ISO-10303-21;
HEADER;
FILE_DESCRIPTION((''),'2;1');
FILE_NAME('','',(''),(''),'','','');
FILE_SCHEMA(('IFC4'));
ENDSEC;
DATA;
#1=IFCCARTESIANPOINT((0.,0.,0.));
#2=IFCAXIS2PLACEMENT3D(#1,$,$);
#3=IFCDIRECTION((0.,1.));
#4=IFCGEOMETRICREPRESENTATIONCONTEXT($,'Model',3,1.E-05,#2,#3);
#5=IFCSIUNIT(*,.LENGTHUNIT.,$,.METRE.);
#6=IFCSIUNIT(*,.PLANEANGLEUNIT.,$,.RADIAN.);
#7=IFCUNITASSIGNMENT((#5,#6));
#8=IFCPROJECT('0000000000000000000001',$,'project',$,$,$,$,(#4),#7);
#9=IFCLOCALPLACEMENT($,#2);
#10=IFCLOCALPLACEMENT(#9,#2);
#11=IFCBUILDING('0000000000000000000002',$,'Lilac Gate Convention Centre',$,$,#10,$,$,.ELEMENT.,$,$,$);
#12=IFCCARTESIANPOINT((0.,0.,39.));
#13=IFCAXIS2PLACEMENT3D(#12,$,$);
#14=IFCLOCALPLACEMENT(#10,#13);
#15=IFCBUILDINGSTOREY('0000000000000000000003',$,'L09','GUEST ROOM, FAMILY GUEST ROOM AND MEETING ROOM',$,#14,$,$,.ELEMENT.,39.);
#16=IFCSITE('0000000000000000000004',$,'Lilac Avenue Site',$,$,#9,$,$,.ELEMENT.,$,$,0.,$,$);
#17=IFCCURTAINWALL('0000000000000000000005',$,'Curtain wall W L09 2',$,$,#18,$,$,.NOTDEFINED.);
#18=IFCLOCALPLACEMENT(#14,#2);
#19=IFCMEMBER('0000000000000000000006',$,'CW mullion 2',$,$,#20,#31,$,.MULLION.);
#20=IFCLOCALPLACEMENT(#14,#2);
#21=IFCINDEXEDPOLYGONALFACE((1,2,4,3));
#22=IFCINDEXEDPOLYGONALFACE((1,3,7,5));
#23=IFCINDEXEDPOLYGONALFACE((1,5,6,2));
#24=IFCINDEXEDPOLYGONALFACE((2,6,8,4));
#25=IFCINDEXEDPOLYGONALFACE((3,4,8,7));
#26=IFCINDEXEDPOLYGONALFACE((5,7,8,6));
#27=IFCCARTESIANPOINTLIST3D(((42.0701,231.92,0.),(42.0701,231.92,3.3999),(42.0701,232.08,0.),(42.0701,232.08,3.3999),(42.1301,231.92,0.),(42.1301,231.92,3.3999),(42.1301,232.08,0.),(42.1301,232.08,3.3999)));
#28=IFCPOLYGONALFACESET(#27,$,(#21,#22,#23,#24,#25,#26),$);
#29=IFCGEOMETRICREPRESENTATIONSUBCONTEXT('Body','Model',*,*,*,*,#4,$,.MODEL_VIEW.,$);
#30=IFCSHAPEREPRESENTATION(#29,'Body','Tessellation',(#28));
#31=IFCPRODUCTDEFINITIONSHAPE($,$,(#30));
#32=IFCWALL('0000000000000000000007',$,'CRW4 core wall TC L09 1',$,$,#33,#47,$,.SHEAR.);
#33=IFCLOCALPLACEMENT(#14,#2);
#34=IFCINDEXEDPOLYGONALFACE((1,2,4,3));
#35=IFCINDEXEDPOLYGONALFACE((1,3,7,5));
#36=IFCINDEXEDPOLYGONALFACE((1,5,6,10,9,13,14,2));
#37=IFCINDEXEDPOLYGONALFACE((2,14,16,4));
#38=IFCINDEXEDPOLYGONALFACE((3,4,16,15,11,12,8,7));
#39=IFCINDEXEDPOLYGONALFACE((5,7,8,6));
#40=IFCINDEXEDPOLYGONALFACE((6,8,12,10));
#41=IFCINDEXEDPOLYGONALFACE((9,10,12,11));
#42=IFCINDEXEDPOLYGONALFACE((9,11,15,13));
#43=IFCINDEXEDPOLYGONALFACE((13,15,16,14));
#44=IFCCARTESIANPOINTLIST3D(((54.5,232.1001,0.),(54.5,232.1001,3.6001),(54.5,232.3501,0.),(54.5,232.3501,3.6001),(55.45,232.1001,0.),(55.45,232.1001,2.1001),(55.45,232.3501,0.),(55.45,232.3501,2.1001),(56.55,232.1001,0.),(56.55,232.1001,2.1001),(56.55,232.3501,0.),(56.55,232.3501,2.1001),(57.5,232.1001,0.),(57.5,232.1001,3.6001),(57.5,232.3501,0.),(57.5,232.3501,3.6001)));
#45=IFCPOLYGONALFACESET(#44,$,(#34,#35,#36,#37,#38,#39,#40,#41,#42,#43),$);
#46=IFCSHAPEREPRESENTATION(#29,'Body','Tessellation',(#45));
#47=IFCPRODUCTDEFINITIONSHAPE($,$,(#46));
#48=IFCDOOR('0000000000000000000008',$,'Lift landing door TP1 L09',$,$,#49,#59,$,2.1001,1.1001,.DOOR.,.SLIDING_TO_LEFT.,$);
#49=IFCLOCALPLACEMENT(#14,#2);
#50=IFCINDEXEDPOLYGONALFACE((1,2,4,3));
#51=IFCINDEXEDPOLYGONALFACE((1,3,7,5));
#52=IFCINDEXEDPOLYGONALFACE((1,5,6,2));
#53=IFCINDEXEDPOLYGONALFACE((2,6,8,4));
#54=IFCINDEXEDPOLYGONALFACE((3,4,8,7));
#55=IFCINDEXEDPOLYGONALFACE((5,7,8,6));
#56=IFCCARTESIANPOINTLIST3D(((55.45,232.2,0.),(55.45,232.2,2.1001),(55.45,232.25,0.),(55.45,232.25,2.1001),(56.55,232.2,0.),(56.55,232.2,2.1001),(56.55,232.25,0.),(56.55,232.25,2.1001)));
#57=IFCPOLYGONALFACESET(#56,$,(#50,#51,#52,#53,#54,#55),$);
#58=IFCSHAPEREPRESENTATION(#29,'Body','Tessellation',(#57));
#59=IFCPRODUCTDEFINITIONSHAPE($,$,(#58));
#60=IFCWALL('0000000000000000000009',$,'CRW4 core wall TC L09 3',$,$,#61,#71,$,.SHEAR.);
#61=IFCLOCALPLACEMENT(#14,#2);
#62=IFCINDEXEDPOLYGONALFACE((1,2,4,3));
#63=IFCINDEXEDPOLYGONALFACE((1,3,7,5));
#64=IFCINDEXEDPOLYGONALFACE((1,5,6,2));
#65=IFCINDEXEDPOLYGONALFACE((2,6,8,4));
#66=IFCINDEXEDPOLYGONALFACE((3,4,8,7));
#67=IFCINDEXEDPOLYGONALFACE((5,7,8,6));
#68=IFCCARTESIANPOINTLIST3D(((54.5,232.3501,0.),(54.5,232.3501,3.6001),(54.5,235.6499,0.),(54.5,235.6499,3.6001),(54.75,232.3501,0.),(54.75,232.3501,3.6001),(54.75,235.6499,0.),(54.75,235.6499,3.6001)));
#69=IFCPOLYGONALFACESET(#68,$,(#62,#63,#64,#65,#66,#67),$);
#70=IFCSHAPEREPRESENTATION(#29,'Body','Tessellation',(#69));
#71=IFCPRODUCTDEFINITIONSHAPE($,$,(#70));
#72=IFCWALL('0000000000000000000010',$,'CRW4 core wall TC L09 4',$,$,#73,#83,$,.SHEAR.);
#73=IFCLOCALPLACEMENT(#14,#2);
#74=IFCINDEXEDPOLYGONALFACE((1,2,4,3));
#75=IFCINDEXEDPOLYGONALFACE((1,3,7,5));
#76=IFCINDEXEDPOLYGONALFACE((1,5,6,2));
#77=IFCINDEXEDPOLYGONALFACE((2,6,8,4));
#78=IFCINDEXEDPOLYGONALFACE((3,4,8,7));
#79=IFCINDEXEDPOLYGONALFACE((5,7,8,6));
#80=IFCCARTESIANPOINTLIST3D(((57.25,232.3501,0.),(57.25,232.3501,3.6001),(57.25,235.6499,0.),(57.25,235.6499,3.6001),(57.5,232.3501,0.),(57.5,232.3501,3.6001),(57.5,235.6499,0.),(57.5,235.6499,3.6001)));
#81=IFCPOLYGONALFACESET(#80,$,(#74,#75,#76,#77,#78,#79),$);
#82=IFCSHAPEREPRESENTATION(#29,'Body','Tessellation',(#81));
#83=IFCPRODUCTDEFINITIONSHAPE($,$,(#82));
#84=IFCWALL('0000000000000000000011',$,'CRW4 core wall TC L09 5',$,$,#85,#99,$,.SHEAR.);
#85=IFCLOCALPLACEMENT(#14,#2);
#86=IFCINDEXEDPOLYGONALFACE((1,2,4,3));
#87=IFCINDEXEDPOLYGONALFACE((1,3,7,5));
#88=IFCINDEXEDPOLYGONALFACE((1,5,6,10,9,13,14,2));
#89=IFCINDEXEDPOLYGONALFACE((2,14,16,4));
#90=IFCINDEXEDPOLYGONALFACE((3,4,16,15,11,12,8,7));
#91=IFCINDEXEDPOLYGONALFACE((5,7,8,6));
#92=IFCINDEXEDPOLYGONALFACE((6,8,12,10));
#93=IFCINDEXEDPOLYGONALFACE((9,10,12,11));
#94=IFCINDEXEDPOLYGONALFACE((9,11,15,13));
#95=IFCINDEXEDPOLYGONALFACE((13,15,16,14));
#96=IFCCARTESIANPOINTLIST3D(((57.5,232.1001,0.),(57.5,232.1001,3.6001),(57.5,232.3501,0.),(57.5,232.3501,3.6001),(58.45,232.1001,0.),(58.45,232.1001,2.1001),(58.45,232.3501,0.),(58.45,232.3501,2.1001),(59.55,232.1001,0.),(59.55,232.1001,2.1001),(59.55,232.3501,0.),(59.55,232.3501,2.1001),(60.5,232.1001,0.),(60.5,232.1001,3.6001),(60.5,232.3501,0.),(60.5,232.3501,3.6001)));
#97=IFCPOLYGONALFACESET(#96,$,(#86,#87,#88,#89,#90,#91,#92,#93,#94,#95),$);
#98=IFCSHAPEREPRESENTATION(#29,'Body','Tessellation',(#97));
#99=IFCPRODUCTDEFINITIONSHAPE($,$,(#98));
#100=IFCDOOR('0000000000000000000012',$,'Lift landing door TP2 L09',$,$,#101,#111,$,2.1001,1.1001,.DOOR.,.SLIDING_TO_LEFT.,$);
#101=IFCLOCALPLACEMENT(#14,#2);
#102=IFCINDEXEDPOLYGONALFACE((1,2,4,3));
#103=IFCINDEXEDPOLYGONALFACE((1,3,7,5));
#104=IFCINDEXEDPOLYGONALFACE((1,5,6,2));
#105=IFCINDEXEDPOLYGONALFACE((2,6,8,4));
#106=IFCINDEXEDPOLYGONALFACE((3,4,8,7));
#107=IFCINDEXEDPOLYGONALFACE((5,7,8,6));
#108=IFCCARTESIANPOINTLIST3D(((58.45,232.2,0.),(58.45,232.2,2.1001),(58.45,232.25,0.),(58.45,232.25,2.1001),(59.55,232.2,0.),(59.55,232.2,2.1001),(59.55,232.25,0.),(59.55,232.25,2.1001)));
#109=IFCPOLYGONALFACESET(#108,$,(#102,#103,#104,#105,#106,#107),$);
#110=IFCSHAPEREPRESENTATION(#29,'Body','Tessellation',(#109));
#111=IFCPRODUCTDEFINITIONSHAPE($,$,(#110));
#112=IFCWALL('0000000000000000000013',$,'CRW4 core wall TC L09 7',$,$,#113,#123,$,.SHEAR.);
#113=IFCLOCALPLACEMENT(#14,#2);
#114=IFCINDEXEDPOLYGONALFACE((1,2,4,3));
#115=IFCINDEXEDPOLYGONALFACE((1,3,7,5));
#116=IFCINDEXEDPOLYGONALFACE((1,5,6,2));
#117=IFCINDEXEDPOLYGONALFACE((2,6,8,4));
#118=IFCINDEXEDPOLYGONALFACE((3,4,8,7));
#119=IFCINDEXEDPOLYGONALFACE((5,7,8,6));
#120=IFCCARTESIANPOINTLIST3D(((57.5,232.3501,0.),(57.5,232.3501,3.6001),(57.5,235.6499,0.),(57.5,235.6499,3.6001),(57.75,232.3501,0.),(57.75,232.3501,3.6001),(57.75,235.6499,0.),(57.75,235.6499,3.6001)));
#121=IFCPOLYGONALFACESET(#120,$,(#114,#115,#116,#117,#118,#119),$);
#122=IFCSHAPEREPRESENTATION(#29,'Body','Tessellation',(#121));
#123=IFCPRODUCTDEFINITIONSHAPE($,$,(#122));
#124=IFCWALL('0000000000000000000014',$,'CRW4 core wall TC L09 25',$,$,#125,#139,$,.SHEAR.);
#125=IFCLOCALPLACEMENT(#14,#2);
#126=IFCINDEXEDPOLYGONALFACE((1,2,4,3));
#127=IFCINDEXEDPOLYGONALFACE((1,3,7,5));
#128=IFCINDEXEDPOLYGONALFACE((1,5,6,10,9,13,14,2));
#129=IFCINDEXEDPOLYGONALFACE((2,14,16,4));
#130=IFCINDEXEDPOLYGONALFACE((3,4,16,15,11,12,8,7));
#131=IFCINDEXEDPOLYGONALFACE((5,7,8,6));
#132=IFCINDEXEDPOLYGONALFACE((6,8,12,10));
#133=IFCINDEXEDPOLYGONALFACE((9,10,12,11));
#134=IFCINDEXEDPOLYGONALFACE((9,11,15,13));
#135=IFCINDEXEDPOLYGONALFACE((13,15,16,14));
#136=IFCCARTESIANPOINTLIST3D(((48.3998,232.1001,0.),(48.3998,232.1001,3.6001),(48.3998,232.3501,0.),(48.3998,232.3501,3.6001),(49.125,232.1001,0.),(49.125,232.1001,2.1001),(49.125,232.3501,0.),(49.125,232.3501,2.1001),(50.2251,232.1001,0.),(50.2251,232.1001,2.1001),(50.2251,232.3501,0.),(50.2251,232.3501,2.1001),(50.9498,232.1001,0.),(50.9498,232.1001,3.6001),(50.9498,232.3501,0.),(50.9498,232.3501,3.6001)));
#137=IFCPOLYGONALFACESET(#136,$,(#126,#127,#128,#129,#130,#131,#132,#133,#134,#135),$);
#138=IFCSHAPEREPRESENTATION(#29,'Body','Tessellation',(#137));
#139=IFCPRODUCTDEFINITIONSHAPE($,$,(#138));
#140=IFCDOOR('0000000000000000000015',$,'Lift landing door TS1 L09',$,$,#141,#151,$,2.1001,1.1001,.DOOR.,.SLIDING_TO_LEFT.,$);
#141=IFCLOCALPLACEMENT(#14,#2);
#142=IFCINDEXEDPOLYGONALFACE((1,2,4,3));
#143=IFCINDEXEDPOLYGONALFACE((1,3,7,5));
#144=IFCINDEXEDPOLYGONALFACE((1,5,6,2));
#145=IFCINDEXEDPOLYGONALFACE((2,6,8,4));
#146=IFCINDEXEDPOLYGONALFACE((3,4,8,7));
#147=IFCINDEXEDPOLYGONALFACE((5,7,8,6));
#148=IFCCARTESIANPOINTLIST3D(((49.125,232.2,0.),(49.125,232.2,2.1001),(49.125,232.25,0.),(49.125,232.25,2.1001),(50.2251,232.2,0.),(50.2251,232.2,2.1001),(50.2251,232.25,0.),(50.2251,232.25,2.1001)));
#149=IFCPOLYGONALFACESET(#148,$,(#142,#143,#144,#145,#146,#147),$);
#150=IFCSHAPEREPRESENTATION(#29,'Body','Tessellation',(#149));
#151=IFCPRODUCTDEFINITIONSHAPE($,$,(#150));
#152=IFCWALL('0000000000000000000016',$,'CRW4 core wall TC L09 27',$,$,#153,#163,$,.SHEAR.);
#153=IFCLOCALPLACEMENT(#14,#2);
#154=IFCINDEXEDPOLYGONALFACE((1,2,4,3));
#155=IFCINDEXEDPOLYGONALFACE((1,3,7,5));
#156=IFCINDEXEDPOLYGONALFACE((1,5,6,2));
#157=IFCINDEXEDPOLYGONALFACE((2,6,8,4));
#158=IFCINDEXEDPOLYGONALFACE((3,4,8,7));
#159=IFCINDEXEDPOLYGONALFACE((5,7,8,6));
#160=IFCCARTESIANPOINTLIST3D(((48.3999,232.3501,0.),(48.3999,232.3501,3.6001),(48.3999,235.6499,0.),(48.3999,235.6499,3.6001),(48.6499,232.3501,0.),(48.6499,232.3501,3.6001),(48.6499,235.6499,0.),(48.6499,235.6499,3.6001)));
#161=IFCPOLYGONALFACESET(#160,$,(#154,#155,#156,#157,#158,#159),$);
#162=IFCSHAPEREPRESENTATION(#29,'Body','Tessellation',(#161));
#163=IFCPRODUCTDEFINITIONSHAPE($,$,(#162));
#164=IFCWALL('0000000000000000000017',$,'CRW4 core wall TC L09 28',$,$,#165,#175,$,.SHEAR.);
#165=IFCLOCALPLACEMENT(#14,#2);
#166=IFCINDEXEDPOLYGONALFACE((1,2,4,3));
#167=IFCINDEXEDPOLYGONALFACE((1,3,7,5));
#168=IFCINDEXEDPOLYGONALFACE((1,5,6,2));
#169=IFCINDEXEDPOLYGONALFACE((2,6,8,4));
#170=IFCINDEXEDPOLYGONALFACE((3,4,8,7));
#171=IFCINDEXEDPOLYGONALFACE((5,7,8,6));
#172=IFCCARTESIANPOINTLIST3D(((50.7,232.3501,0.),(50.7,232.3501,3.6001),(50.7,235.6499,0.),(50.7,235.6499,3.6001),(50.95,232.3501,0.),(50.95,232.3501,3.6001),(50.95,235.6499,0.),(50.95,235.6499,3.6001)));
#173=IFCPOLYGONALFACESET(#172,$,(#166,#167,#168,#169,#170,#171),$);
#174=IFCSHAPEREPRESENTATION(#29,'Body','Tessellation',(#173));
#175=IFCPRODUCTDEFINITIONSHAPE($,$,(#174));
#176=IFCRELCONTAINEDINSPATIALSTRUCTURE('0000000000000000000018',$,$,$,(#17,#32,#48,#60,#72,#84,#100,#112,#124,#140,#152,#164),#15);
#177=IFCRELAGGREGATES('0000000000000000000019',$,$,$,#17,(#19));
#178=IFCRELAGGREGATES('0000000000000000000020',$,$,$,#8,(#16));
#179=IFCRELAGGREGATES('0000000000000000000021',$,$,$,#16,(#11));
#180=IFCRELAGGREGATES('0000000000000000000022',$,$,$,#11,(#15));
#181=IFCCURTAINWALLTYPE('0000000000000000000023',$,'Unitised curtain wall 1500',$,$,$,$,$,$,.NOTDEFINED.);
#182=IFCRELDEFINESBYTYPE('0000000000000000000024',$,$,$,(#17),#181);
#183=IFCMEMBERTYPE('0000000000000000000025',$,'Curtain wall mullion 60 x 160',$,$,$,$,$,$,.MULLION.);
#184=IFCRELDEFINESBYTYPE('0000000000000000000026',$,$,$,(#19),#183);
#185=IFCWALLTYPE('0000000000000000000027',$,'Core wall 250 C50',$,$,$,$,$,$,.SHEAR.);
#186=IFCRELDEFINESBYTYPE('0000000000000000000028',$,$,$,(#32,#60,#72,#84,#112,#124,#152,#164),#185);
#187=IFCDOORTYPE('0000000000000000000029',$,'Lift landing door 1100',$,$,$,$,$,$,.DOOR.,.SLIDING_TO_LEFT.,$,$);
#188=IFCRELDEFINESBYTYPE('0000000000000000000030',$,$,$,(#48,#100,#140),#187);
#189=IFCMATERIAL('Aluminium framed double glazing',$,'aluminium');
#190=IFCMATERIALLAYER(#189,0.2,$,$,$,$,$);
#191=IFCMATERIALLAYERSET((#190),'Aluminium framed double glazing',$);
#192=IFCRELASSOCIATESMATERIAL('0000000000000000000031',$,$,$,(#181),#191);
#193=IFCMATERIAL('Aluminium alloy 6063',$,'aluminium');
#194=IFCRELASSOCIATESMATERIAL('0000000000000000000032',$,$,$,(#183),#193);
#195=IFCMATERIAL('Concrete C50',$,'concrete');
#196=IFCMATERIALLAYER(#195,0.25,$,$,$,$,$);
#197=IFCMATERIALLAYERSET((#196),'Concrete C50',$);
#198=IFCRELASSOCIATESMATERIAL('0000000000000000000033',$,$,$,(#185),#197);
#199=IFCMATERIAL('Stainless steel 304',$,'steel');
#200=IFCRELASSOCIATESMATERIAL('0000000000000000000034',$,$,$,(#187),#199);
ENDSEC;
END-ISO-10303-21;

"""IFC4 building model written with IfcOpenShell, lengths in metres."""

from ifc_helpers import new_model, si_unit, direction, frame, frame_2d, origin, origin_2d, place, context, subcontext, project, spatial, rectangle, extrude, material, layer, layer_set, material_profile, profile_set, type_object, element, fill, aggregate, save


model = new_model("IFC4")

# Units and contexts
model_context = context("Model", 3, precision=1e-05, world=origin(), true_north=direction((0.0, 1.0)))
body_context = subcontext(model_context, "Body", "Model", "MODEL_VIEW")
ifc_project = project(units=[si_unit("LENGTHUNIT", "METRE"), si_unit("PLANEANGLEUNIT", "RADIAN")], contexts=[model_context])

# Site, building, storey
site_placement = place(None, origin())
site = spatial("IfcSite", under=ifc_project, at=site_placement, Name="Lilac Avenue Site", CompositionType="ELEMENT", RefElevation=0.0)
building_placement = place(site_placement, origin())
building = spatial("IfcBuilding", under=site, at=building_placement, Name="Lilac Gate Convention Centre", CompositionType="ELEMENT")
storey_placement = place(building_placement, frame((0.0, 0.0, 39.0)))
storey = spatial("IfcBuildingStorey", under=building, at=storey_placement, Name="L09", Description="GUEST ROOM, FAMILY GUEST ROOM AND MEETING ROOM", CompositionType="ELEMENT", Elevation=39.0)

# Curtain wall, member
ifc_material_1 = material(Name="Aluminium framed double glazing", Category="aluminium")
ifc_layer_1 = layer(ifc_material_1, 0.2)
ifc_layer_set_1 = layer_set([ifc_layer_1], Name="Aluminium framed double glazing")
curtain_wall_type = type_object("IfcCurtainWallType", Name="Unitised curtain wall 1500", PredefinedType="NOTDEFINED", material=ifc_layer_set_1)
curtain_wall_placement = place(storey_placement, origin())
curtain_wall = element("IfcCurtainWall", 1, at=curtain_wall_placement, inside=storey, type_object=curtain_wall_type, Name="Curtain wall W L09 2", PredefinedType="NOTDEFINED")
ifc_material_2 = material(Name="Aluminium alloy 6063", Category="aluminium")
ifc_material_profile = material_profile(ifc_material_2, rectangle(XDim=0.0601, YDim=0.1599, at=origin_2d()), Name="Curtain wall mullion 60 x 160")
ifc_profile_set = profile_set([ifc_material_profile], Name="Aluminium alloy 6063")
member_type = type_object("IfcMemberType", Name="Curtain wall mullion 60 x 160", PredefinedType="MULLION", material=ifc_profile_set)
member_placement = place(storey_placement, frame((42.1001, 232.0, 0.0), z_axis=(0.0, 0.0, 1.0), x_axis=(1.0, 0.0, 0.0)))
member = element("IfcMember", 2, at=member_placement, type_object=member_type, Name="CW mullion 2", PredefinedType="MULLION", context=body_context, shape_type="SweptSolid", body=[
    extrude(rectangle(XDim=0.0601, YDim=0.1599, at=origin_2d()), origin(), (0.0, 0.0, 1.0), 3.3999),
])
aggregate(curtain_wall, [member])

# Wall, opening, door
ifc_material_3 = material(Name="Concrete C50", Category="concrete")
ifc_layer_2 = layer(ifc_material_3, 0.25)
ifc_layer_set_2 = layer_set([ifc_layer_2], Name="Concrete C50")
wall_type_1 = type_object("IfcWallType", Name="Core wall 250 C50", PredefinedType="SHEAR", material=ifc_layer_set_2)
wall_1_placement = place(storey_placement, frame((54.5, 232.2251, 0.0), z_axis=(0.0, 0.0, 1.0), x_axis=(1.0, 0.0, 0.0)))
wall_1 = element("IfcWall", 3, at=wall_1_placement, inside=storey, type_object=wall_type_1, Name="CRW4 core wall TC L09 1", PredefinedType="SHEAR", context=body_context, shape_type="SweptSolid", body=[
    extrude(rectangle(XDim=3.0, YDim=0.25, at=frame_2d((1.5, 0.0))), origin(), (0.0, 0.0, 1.0), 3.6001),
])
opening_1_placement = place(wall_1_placement, frame((0.95, 0.0, 0.0)))
opening_1 = element("IfcOpeningElement", 4, at=opening_1_placement, cuts=wall_1, PredefinedType="OPENING", context=body_context, shape_type="SweptSolid", body=[
    extrude(rectangle(XDim=1.1001, YDim=2.1001, at=frame_2d((0.55, 1.05))), frame((0.0, 0.135, 0.0), z_axis=(0.0, -1.0, 0.0), x_axis=(1.0, 0.0, 0.0)), (0.0, 0.0, 1.0), 0.27),
])
ifc_material_4 = material(Name="Stainless steel 304", Category="steel")
door_type_1 = type_object("IfcDoorType", Name="Lift landing door 1100", OperationType="SLIDING_TO_LEFT", PredefinedType="DOOR", material=ifc_material_4)
door_1_placement = place(opening_1_placement, origin())
door_1 = element("IfcDoor", 5, at=door_1_placement, inside=storey, type_object=door_type_1, Name="Lift landing door TP1 L09", OperationType="SLIDING_TO_LEFT", OverallHeight=2.1001, OverallWidth=1.1001, PredefinedType="DOOR", context=body_context, shape_type="SweptSolid", body=[
    extrude(rectangle(XDim=1.1001, YDim=2.1001, at=frame_2d((0.55, 1.05))), frame((0.0, 0.0249, 0.0), z_axis=(0.0, -1.0, 0.0), x_axis=(1.0, 0.0, 0.0)), (0.0, 0.0, 1.0), 0.05),
])
fill(opening_1, door_1)

# Walls
for number, where, z_axis, x_axis, name in (
    (6, (54.625, 232.3501, 0.0), (0.0, 0.0, 1.0), (0.0, 1.0, 0.0), "CRW4 core wall TC L09 3"),
    (7, (57.375, 232.3501, 0.0), (0.0, 0.0, 1.0), (0.0, 1.0, 0.0), "CRW4 core wall TC L09 4"),
):
    element("IfcWall", number, at=place(storey_placement, frame(where, z_axis=z_axis, x_axis=x_axis)), inside=storey, type_object=wall_type_1, Name=name, PredefinedType="SHEAR", context=body_context, shape_type="SweptSolid", body=[
        extrude(rectangle(XDim=3.2998, YDim=0.25, at=frame_2d((1.6499, 0.0))), origin(), (0.0, 0.0, 1.0), 3.6001),
    ])

# Wall, opening, door
wall_2_placement = place(storey_placement, frame((57.5, 232.2251, 0.0), z_axis=(0.0, 0.0, 1.0), x_axis=(1.0, 0.0, 0.0)))
wall_2 = element("IfcWall", 8, at=wall_2_placement, inside=storey, type_object=wall_type_1, Name="CRW4 core wall TC L09 5", PredefinedType="SHEAR", context=body_context, shape_type="SweptSolid", body=[
    extrude(rectangle(XDim=3.0, YDim=0.25, at=frame_2d((1.5, 0.0))), origin(), (0.0, 0.0, 1.0), 3.6001),
])
opening_2_placement = place(wall_2_placement, frame((0.95, 0.0, 0.0)))
opening_2 = element("IfcOpeningElement", 9, at=opening_2_placement, cuts=wall_2, PredefinedType="OPENING", context=body_context, shape_type="SweptSolid", body=[
    extrude(rectangle(XDim=1.1001, YDim=2.1001, at=frame_2d((0.55, 1.05))), frame((0.0, 0.135, 0.0), z_axis=(0.0, -1.0, 0.0), x_axis=(1.0, 0.0, 0.0)), (0.0, 0.0, 1.0), 0.27),
])
door_2_placement = place(opening_2_placement, origin())
door_2 = element("IfcDoor", 10, at=door_2_placement, inside=storey, type_object=door_type_1, Name="Lift landing door TP2 L09", OperationType="SLIDING_TO_LEFT", OverallHeight=2.1001, OverallWidth=1.1001, PredefinedType="DOOR", context=body_context, shape_type="SweptSolid", body=[
    extrude(rectangle(XDim=1.1001, YDim=2.1001, at=frame_2d((0.55, 1.05))), frame((0.0, 0.0249, 0.0), z_axis=(0.0, -1.0, 0.0), x_axis=(1.0, 0.0, 0.0)), (0.0, 0.0, 1.0), 0.05),
])
fill(opening_2, door_2)

# Wall
wall_3_placement = place(storey_placement, frame((57.625, 232.3501, 0.0), z_axis=(0.0, 0.0, 1.0), x_axis=(0.0, 1.0, 0.0)))
element("IfcWall", 11, at=wall_3_placement, inside=storey, type_object=wall_type_1, Name="CRW4 core wall TC L09 7", PredefinedType="SHEAR", context=body_context, shape_type="SweptSolid", body=[
    extrude(rectangle(XDim=3.2998, YDim=0.25, at=frame_2d((1.6499, 0.0))), origin(), (0.0, 0.0, 1.0), 3.6001),
])

# Wall, opening, door
wall_4_placement = place(storey_placement, frame((48.3999, 232.2251, 0.0), z_axis=(0.0, 0.0, 1.0), x_axis=(1.0, 0.0, 0.0)))
wall_4 = element("IfcWall", 12, at=wall_4_placement, inside=storey, type_object=wall_type_1, Name="CRW4 core wall TC L09 25", PredefinedType="SHEAR", context=body_context, shape_type="SweptSolid", body=[
    extrude(rectangle(XDim=2.55, YDim=0.25, at=frame_2d((1.2749, 0.0))), origin(), (0.0, 0.0, 1.0), 3.6001),
])
opening_3_placement = place(wall_4_placement, frame((0.7251, 0.0, 0.0)))
opening_3 = element("IfcOpeningElement", 13, at=opening_3_placement, cuts=wall_4, PredefinedType="OPENING", context=body_context, shape_type="SweptSolid", body=[
    extrude(rectangle(XDim=1.1001, YDim=2.1001, at=frame_2d((0.55, 1.05))), frame((0.0, 0.135, 0.0), z_axis=(0.0, -1.0, 0.0), x_axis=(1.0, 0.0, 0.0)), (0.0, 0.0, 1.0), 0.27),
])
door_3_placement = place(opening_3_placement, origin())
door_3 = element("IfcDoor", 14, at=door_3_placement, inside=storey, type_object=door_type_1, Name="Lift landing door TS1 L09", OperationType="SLIDING_TO_LEFT", OverallHeight=2.1001, OverallWidth=1.1001, PredefinedType="DOOR", context=body_context, shape_type="SweptSolid", body=[
    extrude(rectangle(XDim=1.1001, YDim=2.1001, at=frame_2d((0.55, 1.05))), frame((0.0, 0.0249, 0.0), z_axis=(0.0, -1.0, 0.0), x_axis=(1.0, 0.0, 0.0)), (0.0, 0.0, 1.0), 0.05),
])
fill(opening_3, door_3)

# Walls
for number, where, z_axis, x_axis, name in (
    (15, (48.5249, 232.3501, 0.0), (0.0, 0.0, 1.0), (0.0, 1.0, 0.0), "CRW4 core wall TC L09 27"),
    (16, (50.825, 232.3501, 0.0), (0.0, 0.0, 1.0), (0.0, 1.0, 0.0), "CRW4 core wall TC L09 28"),
):
    element("IfcWall", number, at=place(storey_placement, frame(where, z_axis=z_axis, x_axis=x_axis)), inside=storey, type_object=wall_type_1, Name=name, PredefinedType="SHEAR", context=body_context, shape_type="SweptSolid", body=[
        extrude(rectangle(XDim=3.2998, YDim=0.25, at=frame_2d((1.6499, 0.0))), origin(), (0.0, 0.0, 1.0), 3.6001),
    ])

save(model, "model.ifc")
